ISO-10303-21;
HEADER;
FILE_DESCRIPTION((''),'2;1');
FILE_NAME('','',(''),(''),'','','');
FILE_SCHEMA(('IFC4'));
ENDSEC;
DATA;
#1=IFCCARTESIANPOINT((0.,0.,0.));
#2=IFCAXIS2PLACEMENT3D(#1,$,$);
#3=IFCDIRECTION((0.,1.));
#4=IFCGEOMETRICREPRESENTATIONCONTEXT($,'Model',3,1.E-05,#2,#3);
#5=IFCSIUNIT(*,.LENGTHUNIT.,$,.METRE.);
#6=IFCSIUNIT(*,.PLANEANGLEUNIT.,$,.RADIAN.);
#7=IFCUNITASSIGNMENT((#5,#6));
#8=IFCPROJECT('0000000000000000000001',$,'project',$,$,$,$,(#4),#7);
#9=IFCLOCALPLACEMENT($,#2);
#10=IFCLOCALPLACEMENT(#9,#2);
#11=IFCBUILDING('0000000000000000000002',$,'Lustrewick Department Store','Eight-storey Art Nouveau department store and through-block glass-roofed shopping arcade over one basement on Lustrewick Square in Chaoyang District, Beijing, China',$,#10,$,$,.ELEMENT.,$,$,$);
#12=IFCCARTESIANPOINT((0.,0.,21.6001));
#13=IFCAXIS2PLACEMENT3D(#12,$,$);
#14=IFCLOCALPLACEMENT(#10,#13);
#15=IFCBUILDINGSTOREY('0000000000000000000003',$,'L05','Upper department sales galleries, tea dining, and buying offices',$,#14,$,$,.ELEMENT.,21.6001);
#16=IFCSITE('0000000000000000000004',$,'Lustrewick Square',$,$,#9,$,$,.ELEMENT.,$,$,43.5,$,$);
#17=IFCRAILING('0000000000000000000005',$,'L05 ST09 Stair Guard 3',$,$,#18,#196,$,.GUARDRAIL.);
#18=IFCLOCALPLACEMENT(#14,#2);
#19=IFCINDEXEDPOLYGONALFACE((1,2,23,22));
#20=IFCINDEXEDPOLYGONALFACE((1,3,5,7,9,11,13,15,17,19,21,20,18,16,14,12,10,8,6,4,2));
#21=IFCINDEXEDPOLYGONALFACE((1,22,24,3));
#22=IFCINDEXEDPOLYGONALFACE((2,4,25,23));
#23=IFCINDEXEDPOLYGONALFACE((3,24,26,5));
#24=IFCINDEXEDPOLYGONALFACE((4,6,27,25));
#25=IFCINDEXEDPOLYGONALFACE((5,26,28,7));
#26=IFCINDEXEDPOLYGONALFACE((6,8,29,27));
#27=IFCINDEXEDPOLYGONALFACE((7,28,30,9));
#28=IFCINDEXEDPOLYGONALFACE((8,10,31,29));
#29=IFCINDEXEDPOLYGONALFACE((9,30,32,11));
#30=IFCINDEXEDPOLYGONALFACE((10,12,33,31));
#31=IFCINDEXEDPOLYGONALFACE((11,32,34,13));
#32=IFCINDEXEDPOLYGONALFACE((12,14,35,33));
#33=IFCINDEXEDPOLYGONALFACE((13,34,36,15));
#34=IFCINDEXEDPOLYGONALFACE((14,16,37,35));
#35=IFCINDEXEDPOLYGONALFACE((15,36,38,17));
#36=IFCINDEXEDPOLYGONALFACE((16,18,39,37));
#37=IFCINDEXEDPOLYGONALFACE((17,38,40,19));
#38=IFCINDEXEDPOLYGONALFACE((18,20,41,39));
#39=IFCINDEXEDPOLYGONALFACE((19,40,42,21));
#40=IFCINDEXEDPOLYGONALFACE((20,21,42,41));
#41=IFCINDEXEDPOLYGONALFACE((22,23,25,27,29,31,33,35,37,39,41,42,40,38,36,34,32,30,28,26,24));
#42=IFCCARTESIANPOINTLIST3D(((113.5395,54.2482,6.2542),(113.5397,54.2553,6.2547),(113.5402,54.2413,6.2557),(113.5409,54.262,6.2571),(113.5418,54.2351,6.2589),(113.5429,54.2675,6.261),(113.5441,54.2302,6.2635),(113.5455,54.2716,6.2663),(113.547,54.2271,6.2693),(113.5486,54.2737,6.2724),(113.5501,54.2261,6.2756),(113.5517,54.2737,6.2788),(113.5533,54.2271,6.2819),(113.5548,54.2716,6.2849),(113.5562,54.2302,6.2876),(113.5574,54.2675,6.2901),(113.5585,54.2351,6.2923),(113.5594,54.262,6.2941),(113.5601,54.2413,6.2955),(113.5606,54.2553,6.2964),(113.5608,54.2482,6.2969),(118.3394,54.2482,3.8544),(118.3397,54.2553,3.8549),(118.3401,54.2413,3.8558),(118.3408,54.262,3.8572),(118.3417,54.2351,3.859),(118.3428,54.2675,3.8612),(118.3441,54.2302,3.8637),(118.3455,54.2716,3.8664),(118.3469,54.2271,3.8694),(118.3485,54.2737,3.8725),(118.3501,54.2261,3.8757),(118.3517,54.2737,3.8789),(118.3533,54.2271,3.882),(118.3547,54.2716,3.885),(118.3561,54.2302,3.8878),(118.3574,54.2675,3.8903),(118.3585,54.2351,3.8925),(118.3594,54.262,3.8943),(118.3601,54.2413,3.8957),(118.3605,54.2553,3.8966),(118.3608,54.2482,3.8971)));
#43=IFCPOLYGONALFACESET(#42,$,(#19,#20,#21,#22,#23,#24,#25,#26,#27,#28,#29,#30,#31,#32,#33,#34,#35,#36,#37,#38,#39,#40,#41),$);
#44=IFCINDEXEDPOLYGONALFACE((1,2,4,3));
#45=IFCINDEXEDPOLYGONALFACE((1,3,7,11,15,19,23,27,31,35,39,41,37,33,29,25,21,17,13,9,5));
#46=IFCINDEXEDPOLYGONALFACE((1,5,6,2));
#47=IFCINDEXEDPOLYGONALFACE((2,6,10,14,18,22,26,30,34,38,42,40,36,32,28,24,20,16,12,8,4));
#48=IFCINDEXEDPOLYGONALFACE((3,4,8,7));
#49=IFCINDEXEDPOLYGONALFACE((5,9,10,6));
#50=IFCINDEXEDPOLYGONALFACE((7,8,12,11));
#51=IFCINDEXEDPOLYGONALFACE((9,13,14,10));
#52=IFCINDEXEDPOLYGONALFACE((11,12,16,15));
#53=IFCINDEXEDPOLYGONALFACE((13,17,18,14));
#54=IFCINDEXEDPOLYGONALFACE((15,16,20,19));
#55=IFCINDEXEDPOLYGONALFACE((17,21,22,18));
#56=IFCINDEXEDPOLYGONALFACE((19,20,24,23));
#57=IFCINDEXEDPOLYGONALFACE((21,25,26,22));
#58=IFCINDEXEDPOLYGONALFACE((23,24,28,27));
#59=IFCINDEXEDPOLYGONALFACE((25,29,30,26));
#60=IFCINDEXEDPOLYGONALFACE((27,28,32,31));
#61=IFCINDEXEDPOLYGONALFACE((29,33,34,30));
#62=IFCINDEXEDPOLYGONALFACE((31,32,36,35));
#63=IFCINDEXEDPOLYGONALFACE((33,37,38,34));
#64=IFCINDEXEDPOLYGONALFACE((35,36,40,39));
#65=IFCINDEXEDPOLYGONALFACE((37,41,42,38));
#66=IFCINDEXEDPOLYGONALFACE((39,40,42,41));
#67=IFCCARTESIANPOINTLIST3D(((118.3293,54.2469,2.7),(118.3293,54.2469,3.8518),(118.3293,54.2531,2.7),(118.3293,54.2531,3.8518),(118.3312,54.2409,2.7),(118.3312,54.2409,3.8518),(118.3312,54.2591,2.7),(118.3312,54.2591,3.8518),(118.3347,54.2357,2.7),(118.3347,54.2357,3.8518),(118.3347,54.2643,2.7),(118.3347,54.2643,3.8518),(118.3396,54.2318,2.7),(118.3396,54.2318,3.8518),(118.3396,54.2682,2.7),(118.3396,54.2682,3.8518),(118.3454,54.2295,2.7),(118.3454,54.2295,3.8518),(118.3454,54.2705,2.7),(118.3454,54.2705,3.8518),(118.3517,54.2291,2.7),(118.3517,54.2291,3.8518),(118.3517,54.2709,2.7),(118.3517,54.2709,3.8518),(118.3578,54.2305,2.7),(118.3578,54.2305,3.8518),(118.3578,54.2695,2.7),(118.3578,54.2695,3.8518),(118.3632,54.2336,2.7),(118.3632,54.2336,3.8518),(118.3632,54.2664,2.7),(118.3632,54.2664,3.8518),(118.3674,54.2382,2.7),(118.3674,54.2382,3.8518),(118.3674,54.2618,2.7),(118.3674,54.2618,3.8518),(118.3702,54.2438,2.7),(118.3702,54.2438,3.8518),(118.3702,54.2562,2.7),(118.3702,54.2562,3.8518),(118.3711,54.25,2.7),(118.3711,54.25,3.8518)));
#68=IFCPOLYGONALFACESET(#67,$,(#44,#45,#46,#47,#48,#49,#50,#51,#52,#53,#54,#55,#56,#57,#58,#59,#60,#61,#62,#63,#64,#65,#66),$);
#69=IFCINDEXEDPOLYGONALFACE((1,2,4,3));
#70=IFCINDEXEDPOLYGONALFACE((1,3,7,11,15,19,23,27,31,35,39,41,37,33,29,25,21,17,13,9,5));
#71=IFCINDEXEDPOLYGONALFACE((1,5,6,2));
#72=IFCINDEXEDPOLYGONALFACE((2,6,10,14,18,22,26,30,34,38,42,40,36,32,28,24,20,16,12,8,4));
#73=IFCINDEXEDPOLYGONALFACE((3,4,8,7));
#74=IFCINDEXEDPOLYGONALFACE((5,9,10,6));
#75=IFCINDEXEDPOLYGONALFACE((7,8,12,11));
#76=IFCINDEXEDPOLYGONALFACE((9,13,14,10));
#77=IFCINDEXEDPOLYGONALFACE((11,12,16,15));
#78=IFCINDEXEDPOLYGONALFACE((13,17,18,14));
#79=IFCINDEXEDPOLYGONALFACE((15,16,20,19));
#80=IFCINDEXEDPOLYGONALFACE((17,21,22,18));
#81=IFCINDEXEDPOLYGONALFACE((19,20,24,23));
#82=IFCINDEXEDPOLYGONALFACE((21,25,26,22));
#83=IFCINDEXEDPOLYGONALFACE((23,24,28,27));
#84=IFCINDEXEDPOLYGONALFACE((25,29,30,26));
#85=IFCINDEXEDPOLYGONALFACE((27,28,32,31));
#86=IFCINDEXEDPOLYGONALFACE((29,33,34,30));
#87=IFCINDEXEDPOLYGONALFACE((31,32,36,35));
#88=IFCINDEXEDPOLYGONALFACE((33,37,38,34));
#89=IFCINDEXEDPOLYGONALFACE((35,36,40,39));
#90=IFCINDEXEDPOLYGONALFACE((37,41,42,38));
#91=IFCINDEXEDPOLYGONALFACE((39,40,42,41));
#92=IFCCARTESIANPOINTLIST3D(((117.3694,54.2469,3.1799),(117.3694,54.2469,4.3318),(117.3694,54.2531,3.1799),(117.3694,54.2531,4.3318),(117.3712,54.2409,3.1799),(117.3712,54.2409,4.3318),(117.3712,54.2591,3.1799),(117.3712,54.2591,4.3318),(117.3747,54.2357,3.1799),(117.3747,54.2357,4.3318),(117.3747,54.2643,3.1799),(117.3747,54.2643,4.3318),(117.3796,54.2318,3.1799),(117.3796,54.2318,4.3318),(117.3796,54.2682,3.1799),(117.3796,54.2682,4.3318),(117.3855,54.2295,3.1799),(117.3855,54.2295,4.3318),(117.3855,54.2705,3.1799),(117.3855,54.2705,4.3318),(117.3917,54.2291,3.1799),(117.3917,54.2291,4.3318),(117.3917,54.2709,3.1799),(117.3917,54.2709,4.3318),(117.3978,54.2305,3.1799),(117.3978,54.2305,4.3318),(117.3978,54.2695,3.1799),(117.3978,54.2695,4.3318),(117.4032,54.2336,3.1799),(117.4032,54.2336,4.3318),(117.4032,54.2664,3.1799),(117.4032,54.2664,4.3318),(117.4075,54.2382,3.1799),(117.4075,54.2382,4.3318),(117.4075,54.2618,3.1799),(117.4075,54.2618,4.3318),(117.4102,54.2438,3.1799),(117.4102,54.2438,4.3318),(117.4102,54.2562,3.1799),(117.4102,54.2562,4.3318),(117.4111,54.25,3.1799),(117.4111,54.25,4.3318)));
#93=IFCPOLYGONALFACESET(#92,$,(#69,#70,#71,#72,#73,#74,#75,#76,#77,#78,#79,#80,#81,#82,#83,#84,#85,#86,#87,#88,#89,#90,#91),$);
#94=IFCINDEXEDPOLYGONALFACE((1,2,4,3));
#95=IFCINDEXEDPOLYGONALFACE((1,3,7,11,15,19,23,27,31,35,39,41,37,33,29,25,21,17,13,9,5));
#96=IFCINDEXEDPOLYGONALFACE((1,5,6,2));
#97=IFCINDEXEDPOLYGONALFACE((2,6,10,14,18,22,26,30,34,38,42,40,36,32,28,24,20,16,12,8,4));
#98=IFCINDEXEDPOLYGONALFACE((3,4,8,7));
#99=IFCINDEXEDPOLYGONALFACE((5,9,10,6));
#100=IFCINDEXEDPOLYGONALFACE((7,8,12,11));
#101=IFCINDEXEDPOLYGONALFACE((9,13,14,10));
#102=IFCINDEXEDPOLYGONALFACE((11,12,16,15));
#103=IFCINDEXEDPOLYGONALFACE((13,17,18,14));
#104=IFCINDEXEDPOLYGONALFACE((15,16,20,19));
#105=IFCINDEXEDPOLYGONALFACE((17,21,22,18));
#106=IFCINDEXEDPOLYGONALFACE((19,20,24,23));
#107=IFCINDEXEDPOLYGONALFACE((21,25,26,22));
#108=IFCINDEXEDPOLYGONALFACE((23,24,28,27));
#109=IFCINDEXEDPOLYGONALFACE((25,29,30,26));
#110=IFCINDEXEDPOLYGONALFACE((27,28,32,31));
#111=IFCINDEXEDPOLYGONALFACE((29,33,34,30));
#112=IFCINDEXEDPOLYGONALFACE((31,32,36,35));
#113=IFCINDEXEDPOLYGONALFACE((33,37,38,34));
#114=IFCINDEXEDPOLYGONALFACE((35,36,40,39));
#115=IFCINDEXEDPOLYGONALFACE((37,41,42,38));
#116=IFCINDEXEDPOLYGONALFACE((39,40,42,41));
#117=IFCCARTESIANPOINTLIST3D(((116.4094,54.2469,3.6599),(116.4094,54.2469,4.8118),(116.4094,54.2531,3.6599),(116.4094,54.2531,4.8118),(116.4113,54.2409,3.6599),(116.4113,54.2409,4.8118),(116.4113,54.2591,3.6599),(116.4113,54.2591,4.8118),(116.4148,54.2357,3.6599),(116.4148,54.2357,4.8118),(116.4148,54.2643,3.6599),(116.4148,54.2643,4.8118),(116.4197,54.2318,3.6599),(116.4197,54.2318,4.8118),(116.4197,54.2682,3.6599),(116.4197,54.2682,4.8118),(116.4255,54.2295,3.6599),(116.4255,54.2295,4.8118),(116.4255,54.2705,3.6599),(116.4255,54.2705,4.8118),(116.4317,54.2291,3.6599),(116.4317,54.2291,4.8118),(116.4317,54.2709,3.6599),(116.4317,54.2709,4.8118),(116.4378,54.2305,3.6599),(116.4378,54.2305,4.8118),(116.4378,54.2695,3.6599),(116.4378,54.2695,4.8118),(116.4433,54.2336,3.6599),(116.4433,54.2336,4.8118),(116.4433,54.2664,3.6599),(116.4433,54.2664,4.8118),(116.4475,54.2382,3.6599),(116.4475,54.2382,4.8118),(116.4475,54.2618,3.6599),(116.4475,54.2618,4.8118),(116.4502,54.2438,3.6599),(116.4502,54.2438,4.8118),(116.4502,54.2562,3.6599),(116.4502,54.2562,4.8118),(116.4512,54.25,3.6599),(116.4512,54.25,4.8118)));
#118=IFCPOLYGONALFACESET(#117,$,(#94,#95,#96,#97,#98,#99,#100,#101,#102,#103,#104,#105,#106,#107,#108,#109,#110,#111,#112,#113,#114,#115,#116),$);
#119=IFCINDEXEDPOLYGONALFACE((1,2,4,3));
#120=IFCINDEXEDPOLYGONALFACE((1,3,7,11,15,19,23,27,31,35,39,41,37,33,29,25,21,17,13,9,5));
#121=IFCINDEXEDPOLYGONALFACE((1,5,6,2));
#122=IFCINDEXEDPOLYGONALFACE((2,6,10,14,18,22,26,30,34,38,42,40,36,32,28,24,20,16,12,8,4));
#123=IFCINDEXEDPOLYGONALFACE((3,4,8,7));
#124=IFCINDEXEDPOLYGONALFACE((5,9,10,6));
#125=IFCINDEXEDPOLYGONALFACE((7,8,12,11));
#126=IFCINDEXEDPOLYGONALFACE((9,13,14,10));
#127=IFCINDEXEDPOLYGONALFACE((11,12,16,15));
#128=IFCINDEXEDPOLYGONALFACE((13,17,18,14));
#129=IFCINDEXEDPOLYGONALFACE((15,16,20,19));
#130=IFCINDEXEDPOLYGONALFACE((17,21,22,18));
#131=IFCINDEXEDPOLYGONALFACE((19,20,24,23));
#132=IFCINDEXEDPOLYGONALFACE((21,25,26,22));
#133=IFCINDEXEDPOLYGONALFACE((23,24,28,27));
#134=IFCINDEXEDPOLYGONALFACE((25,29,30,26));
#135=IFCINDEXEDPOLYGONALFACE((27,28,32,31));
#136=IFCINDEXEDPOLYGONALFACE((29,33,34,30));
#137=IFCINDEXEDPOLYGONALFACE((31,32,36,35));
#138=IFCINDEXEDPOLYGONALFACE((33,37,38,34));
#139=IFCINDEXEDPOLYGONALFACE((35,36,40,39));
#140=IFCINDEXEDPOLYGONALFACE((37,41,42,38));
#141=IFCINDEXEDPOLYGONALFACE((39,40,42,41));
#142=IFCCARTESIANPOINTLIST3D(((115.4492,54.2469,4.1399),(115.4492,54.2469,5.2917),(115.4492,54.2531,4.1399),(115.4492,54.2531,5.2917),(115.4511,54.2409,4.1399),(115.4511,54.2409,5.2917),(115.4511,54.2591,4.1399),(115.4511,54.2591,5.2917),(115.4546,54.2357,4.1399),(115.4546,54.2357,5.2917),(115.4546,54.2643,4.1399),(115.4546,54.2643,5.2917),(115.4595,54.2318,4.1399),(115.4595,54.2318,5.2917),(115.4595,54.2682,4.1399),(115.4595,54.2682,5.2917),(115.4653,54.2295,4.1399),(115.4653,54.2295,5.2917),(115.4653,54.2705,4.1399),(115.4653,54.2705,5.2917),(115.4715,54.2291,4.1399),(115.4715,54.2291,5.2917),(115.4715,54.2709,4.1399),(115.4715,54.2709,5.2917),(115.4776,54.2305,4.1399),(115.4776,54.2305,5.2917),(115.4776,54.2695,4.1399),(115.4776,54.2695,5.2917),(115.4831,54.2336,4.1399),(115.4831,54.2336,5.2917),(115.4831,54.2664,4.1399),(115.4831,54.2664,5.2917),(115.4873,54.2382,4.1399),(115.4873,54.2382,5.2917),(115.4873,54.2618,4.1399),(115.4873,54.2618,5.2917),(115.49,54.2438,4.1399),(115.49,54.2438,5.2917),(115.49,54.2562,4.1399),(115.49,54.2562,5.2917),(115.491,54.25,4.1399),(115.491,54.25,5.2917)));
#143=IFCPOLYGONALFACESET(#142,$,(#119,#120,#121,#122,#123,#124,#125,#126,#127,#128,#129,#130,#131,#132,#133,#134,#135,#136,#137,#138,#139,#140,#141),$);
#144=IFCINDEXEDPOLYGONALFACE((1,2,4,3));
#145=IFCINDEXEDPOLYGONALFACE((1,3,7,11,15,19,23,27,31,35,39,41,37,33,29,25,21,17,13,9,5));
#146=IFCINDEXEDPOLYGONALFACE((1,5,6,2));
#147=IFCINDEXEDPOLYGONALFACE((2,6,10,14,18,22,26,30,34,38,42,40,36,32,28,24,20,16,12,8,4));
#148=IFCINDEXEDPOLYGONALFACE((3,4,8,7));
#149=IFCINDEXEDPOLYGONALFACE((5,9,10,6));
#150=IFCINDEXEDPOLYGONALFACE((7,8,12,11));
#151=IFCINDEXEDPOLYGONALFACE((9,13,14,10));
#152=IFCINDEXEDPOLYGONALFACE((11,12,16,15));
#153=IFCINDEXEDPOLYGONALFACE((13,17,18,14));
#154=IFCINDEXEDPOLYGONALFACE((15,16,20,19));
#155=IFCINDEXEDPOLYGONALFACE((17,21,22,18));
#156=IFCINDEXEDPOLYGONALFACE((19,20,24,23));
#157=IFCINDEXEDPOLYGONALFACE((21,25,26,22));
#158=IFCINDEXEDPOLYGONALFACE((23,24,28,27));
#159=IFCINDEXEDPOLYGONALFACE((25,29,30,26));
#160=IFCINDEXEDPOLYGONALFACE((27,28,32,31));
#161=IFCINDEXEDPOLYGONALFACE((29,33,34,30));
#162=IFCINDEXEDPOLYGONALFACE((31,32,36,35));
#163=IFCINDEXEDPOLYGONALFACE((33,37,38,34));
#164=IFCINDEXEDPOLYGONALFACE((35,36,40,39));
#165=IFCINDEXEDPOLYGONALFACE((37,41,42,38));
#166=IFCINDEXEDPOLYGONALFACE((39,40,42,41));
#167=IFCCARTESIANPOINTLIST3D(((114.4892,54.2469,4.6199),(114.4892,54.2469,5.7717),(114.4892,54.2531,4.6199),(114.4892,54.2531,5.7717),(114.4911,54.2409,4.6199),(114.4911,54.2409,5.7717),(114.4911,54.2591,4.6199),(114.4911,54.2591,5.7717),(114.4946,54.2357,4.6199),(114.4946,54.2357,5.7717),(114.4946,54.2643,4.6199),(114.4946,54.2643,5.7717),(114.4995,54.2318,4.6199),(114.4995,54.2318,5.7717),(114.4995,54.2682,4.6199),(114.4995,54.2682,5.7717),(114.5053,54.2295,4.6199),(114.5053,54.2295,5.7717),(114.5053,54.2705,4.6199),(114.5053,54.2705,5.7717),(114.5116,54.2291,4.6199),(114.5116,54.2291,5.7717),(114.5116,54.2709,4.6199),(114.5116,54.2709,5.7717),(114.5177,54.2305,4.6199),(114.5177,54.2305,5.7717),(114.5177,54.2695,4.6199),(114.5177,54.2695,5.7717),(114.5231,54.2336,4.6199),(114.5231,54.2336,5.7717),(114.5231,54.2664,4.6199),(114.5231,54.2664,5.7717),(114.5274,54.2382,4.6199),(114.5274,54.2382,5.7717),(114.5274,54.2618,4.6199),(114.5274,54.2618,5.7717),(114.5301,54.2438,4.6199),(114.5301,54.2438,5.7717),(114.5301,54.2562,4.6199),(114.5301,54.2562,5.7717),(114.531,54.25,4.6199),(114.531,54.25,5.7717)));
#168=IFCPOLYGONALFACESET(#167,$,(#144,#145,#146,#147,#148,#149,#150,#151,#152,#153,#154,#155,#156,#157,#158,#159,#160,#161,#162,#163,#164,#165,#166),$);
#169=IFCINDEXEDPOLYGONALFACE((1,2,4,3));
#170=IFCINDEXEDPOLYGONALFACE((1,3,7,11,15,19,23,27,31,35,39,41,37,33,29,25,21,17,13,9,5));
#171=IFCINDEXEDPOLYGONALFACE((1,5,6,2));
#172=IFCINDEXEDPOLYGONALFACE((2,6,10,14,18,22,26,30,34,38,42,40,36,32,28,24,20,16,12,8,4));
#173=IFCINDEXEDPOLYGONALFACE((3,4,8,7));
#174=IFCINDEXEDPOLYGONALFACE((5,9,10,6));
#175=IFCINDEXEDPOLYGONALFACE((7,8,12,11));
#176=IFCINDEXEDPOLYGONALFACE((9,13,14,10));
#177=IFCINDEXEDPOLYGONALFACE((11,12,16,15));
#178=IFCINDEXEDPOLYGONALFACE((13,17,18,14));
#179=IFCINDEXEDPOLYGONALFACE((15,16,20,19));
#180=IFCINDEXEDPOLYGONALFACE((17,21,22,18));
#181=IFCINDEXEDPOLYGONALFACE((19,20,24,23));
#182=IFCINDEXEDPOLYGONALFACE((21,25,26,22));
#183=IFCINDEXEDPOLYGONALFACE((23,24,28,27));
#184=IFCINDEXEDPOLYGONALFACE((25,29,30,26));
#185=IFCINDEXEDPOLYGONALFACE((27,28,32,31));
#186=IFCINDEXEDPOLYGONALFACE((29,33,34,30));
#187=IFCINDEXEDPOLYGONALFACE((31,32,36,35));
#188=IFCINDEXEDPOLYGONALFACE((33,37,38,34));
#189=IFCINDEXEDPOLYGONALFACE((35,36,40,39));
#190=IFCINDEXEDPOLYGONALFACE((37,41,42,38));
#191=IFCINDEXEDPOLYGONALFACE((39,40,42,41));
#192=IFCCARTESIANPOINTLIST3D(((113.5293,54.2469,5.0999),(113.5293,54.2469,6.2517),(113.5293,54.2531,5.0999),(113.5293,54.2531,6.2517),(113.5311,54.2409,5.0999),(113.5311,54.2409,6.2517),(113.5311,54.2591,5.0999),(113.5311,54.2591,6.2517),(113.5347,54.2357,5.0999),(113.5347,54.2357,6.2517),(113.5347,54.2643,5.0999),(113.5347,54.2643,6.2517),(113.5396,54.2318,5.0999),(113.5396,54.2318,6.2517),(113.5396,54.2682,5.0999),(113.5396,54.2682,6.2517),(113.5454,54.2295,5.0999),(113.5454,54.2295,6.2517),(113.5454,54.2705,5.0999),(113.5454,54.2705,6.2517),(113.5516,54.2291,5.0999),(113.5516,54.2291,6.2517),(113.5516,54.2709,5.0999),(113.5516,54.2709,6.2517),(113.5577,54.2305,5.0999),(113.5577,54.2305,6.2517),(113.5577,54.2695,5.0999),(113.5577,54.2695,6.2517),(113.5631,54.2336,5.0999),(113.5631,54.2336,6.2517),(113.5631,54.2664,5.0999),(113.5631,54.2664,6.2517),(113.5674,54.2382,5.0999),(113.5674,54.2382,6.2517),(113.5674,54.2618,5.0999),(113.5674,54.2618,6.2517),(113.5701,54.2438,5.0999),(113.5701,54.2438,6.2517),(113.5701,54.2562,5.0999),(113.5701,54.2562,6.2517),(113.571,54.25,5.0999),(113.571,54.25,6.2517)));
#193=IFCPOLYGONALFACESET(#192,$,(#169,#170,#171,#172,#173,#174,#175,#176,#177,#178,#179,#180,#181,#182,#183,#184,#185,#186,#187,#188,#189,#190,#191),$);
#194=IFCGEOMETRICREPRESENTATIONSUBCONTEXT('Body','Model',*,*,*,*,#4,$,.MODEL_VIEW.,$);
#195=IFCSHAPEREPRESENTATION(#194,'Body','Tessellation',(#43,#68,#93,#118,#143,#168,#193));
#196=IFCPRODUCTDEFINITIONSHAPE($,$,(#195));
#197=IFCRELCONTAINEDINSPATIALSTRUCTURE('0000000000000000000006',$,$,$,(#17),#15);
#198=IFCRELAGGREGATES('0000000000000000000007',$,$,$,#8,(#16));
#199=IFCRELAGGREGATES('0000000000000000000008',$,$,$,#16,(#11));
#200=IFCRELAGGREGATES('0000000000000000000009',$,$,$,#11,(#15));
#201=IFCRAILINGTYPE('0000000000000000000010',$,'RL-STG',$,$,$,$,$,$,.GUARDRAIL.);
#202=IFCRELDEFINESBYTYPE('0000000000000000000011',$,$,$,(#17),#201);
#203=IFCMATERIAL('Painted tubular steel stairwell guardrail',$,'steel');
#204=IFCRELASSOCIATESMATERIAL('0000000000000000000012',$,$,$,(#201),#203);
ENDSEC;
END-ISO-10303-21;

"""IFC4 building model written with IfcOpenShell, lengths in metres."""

from ifc_helpers import new_model, si_unit, direction, frame, origin, origin_2d, place, context, subcontext, project, spatial, circle, extrude, material, type_object, element, save


model = new_model("IFC4")

# Units and contexts
model_context = context("Model", 3, precision=1e-05, world=origin(), true_north=direction((0.0, 1.0)))
body_context = subcontext(model_context, "Body", "Model", "MODEL_VIEW")
ifc_project = project(units=[si_unit("LENGTHUNIT", "METRE"), si_unit("PLANEANGLEUNIT", "RADIAN")], contexts=[model_context])

# Site, building, storey
site_placement = place(None, origin())
site = spatial("IfcSite", under=ifc_project, at=site_placement, Name="Lustrewick Square", CompositionType="ELEMENT", RefElevation=43.5)
building_placement = place(site_placement, origin())
building = spatial("IfcBuilding", under=site, at=building_placement, Name="Lustrewick Department Store", Description="Eight-storey Art Nouveau department store and through-block glass-roofed shopping arcade over one basement on Lustrewick Square in Chaoyang District, Beijing, China", CompositionType="ELEMENT")
storey_placement = place(building_placement, frame((0.0, 0.0, 21.6001)))
storey = spatial("IfcBuildingStorey", under=building, at=storey_placement, Name="L05", Description="Upper department sales galleries, tea dining, and buying offices", CompositionType="ELEMENT", Elevation=21.6001)

# Railing
ifc_material_1 = material(Name="Painted tubular steel stairwell guardrail", Category="steel")
railing_type_1 = type_object("IfcRailingType", Name="RL-STG", PredefinedType="GUARDRAIL", material=ifc_material_1)
railing_1_placement = place(storey_placement, frame((118.3501, 54.25, 2.7)))
element("IfcRailing", 1, at=railing_1_placement, inside=storey, type_object=railing_type_1, Name="L05 ST09 Stair Guard 3", PredefinedType="GUARDRAIL", context=body_context, shape_type="SweptSolid", body=[
    extrude(circle(Radius=0.0239, at=origin_2d()), frame((0.0, 0.0, 1.1758), z_axis=(-0.894436, 0.0, 0.447195), x_axis=(0.0, -1.0, 0.0)), (0.0, 0.0, 1.0), 5.3665),
    extrude(circle(Radius=0.021, at=origin_2d()), origin(), (0.0, 0.0, 1.0), 1.1519),
    extrude(circle(Radius=0.021, at=origin_2d()), frame((-0.96, 0.0, 0.48)), (0.0, 0.0, 1.0), 1.1519),
    extrude(circle(Radius=0.021, at=origin_2d()), frame((-1.9199, 0.0, 0.96)), (0.0, 0.0, 1.0), 1.1519),
    extrude(circle(Radius=0.021, at=origin_2d()), frame((-2.8801, 0.0, 1.4399)), (0.0, 0.0, 1.0), 1.1519),
    extrude(circle(Radius=0.021, at=origin_2d()), frame((-3.8401, 0.0, 1.9199)), (0.0, 0.0, 1.0), 1.1519),
    extrude(circle(Radius=0.021, at=origin_2d()), frame((-4.8, 0.0, 2.3999)), (0.0, 0.0, 1.0), 1.1519),
])

save(model, "model.ifc")
